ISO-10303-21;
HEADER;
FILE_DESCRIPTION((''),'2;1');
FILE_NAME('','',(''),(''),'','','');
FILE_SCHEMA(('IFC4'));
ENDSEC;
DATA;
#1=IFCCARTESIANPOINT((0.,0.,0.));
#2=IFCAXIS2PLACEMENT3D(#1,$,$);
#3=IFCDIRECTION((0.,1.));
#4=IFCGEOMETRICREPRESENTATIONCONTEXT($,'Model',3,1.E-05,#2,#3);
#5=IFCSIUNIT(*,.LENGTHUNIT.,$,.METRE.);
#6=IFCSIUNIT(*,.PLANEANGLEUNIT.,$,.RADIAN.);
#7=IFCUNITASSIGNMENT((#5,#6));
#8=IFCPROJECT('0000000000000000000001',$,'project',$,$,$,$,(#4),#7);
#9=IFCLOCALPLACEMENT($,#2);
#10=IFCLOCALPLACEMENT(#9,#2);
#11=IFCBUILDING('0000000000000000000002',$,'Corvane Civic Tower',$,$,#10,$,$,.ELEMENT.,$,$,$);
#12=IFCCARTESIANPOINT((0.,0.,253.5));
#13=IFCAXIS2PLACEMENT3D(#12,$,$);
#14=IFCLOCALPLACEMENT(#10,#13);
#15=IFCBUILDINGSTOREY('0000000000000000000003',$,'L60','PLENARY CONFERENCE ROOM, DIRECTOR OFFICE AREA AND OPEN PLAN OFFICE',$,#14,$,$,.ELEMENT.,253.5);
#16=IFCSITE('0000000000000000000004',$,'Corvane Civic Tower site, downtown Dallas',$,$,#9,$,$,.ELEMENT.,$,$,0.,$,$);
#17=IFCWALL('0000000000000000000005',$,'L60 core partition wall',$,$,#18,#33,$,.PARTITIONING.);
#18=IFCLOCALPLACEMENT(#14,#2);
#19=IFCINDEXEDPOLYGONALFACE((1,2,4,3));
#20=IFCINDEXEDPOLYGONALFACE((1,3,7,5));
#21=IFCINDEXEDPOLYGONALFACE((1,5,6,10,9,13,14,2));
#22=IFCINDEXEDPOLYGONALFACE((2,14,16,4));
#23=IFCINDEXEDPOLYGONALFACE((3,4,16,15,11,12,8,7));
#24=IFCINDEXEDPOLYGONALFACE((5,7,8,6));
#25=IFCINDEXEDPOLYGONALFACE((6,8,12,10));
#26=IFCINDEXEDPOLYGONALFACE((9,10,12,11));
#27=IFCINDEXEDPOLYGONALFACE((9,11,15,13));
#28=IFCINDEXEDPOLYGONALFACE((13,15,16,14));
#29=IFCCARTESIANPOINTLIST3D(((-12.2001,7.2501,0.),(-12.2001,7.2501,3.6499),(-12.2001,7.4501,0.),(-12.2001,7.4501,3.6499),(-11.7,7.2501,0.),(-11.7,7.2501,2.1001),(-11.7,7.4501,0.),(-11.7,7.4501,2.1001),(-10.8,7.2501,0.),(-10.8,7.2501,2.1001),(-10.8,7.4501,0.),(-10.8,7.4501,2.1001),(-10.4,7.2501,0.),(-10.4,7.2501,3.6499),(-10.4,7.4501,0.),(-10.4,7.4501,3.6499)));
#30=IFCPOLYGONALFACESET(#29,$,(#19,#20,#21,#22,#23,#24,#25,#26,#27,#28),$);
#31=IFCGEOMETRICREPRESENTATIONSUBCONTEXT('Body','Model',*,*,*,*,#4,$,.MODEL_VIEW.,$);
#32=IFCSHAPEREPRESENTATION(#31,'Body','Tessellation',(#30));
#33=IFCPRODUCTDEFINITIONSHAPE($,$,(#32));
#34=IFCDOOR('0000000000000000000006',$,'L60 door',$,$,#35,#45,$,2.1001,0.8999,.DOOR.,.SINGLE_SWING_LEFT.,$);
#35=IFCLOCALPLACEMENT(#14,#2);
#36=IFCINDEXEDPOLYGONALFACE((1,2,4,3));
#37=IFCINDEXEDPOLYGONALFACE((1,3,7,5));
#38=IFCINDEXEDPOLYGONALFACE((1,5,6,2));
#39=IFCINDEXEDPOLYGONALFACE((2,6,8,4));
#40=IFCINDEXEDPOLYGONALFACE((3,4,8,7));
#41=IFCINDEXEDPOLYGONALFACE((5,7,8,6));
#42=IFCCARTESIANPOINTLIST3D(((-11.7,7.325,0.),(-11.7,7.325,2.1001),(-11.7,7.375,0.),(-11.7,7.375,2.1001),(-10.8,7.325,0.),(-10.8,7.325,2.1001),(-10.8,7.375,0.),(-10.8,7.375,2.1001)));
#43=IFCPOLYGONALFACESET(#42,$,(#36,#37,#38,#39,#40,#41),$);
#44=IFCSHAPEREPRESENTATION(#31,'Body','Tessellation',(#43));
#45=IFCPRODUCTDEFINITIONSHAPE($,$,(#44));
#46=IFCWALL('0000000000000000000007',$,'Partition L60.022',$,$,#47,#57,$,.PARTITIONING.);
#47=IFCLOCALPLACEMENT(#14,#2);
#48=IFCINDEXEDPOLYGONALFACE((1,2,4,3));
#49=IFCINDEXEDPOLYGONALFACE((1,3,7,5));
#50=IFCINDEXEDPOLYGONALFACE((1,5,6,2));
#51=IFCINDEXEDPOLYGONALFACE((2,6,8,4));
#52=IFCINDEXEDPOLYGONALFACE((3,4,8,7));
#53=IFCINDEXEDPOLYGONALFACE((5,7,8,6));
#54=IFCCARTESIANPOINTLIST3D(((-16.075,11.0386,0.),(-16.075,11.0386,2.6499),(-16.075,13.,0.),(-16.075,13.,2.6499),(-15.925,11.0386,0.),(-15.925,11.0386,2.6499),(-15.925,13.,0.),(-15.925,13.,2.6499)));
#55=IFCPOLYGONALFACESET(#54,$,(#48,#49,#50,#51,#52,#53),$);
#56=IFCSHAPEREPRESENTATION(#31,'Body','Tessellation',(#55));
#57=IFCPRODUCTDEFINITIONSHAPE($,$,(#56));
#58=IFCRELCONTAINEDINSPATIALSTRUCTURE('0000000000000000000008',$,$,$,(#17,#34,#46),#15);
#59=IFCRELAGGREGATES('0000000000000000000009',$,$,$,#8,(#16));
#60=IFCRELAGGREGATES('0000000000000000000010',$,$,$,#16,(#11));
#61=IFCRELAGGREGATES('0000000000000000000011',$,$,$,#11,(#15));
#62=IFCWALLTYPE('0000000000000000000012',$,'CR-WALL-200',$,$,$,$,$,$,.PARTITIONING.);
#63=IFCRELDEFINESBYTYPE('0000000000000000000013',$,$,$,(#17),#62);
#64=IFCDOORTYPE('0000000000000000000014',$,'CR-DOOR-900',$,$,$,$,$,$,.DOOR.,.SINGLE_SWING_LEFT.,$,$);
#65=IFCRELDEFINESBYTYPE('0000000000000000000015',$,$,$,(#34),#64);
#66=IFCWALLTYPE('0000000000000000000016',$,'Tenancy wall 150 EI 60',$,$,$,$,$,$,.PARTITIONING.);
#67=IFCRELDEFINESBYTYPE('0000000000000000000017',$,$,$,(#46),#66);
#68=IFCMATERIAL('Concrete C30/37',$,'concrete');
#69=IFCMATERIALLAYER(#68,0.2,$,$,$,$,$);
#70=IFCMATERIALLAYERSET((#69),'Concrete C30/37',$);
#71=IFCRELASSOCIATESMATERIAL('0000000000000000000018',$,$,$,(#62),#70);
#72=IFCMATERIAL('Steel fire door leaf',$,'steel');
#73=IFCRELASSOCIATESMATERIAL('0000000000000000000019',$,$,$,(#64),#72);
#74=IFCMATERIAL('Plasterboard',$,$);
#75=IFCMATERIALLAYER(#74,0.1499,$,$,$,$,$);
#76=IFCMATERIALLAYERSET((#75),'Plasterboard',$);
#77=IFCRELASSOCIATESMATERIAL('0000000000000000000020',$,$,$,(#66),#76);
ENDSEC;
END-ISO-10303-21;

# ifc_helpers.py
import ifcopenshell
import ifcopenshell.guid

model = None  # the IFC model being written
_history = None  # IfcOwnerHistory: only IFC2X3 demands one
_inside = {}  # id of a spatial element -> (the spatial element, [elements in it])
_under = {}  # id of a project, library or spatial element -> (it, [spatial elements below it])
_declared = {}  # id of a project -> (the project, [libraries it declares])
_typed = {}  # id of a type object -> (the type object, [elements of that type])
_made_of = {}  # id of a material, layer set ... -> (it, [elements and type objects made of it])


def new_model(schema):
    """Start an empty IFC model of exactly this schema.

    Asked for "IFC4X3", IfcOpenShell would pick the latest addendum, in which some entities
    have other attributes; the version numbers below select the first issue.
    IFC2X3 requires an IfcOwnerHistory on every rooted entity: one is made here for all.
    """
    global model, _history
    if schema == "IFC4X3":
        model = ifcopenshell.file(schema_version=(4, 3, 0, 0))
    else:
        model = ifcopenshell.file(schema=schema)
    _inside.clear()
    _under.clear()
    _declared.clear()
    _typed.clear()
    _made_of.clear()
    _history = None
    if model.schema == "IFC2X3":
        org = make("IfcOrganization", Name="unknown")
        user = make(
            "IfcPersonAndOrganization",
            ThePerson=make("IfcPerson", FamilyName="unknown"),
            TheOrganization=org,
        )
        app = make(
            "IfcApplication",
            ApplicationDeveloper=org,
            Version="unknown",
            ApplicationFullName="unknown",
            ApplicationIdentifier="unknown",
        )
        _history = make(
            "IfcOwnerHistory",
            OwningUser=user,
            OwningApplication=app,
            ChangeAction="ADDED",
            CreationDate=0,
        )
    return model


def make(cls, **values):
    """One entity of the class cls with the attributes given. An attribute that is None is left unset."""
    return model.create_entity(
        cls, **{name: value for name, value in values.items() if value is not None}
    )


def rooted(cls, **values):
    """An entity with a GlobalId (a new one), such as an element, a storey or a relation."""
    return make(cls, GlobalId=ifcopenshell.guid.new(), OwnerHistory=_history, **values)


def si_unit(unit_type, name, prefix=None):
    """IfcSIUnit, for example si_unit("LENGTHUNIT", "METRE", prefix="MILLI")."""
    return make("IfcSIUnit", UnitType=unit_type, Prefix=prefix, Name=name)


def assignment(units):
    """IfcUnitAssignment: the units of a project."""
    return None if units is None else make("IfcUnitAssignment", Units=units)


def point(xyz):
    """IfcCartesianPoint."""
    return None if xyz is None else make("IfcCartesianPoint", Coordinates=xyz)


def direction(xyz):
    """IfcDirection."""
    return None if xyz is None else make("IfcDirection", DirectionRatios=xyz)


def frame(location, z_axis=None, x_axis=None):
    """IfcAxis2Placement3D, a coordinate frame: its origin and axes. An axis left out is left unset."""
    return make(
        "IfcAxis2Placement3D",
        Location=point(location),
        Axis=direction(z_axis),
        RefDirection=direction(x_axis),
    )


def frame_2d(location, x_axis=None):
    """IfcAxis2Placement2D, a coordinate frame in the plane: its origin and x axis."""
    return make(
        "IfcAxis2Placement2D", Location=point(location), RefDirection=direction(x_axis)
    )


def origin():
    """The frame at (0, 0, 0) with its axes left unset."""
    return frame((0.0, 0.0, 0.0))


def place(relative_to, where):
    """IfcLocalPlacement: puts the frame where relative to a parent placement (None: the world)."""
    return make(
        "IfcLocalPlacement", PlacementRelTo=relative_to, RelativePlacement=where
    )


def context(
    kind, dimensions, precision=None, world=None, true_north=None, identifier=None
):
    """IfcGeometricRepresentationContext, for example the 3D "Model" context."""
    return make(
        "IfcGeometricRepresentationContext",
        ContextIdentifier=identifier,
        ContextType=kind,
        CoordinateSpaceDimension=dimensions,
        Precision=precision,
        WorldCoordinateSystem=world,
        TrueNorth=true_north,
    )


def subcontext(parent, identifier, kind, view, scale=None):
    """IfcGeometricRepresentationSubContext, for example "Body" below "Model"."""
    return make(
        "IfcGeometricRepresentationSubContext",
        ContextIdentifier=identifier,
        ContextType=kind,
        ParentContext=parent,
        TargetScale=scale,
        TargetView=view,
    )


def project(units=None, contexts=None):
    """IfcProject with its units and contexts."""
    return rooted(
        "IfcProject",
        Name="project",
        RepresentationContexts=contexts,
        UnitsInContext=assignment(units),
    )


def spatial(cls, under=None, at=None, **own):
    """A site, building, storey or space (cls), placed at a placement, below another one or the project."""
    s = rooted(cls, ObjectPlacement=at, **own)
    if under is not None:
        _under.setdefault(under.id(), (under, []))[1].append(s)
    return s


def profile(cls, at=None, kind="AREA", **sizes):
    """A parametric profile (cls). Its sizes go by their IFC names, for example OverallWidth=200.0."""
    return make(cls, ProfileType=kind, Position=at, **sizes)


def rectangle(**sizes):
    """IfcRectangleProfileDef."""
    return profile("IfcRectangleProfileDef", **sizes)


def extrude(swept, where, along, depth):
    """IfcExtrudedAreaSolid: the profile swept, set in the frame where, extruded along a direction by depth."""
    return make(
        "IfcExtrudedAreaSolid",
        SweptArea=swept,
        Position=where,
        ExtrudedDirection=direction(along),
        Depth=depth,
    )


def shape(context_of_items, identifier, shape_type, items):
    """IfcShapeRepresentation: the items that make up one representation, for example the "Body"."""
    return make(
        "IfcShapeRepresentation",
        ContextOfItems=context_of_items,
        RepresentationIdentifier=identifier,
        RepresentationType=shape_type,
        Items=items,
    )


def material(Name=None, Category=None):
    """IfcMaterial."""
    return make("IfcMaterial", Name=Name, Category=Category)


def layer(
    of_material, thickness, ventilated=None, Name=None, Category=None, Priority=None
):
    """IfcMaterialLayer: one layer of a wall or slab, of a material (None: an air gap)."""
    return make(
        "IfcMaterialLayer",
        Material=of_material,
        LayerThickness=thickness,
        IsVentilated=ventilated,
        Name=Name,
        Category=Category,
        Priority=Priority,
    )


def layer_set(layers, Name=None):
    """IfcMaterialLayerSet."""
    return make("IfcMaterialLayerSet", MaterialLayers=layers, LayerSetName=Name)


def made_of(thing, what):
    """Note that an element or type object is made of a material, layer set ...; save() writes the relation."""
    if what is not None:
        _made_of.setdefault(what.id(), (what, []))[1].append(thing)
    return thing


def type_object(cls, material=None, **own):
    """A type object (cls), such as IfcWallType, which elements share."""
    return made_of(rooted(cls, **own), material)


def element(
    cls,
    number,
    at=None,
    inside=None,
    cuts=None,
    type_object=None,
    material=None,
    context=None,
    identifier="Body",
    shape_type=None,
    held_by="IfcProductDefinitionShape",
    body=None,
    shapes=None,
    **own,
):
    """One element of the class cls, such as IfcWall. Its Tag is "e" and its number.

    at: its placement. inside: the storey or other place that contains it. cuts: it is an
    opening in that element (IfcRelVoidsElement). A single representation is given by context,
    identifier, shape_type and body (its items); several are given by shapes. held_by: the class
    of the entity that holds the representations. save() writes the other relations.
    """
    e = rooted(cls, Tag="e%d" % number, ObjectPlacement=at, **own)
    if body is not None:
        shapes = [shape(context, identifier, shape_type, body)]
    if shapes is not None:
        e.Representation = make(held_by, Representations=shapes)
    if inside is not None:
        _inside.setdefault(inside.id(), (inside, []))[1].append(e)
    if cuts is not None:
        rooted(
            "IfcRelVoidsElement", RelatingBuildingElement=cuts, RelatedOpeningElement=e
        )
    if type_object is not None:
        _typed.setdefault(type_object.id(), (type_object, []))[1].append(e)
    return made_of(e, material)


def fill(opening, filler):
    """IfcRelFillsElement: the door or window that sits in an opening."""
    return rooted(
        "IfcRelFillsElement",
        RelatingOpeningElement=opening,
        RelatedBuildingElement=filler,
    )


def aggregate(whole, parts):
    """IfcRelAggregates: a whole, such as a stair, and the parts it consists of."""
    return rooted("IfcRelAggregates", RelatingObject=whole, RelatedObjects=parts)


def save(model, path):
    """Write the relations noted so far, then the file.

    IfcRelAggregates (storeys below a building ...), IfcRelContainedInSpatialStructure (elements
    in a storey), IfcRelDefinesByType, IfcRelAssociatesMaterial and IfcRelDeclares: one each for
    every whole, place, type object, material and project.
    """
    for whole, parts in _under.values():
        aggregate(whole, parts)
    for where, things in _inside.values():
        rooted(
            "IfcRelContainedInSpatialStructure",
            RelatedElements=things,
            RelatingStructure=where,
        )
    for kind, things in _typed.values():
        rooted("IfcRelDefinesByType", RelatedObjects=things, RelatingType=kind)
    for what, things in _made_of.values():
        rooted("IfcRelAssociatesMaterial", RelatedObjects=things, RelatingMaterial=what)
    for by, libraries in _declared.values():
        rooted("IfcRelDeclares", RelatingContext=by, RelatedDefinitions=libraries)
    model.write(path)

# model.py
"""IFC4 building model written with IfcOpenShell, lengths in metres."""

from ifc_helpers import new_model, si_unit, direction, frame, frame_2d, origin, place, context, subcontext, project, spatial, rectangle, extrude, material, layer, layer_set, type_object, element, fill, save


model = new_model("IFC4")

# Units and contexts
model_context = context("Model", 3, precision=1e-05, world=origin(), true_north=direction((0.0, 1.0)))
body_context = subcontext(model_context, "Body", "Model", "MODEL_VIEW")
ifc_project = project(units=[si_unit("LENGTHUNIT", "METRE"), si_unit("PLANEANGLEUNIT", "RADIAN")], contexts=[model_context])

# Site, building, storey
site_placement = place(None, origin())
site = spatial("IfcSite", under=ifc_project, at=site_placement, Name="Corvane Civic Tower site, downtown Dallas", CompositionType="ELEMENT", RefElevation=0.0)
building_placement = place(site_placement, origin())
building = spatial("IfcBuilding", under=site, at=building_placement, Name="Corvane Civic Tower", CompositionType="ELEMENT")
storey_placement = place(building_placement, frame((0.0, 0.0, 253.5)))
storey = spatial("IfcBuildingStorey", under=building, at=storey_placement, Name="L60", Description="PLENARY CONFERENCE ROOM, DIRECTOR OFFICE AREA AND OPEN PLAN OFFICE", CompositionType="ELEMENT", Elevation=253.5)

# Shared definitions
ifc_material_1 = material(Name="Concrete C30/37", Category="concrete")
ifc_layer_1 = layer(ifc_material_1, 0.2)
ifc_layer_set_1 = layer_set([ifc_layer_1], Name="Concrete C30/37")
wall_type_1 = type_object("IfcWallType", Name="CR-WALL-200", PredefinedType="PARTITIONING", material=ifc_layer_set_1)
ifc_material_2 = material(Name="Steel fire door leaf", Category="steel")
door_type_1 = type_object("IfcDoorType", Name="CR-DOOR-900", OperationType="SINGLE_SWING_LEFT", PredefinedType="DOOR", material=ifc_material_2)

# Wall, opening, door
wall_1_placement = place(storey_placement, frame((-12.2, 7.3501, 0.0), z_axis=(0.0, 0.0, 1.0), x_axis=(1.0, 0.0, 0.0)))
wall_1 = element("IfcWall", 1, at=wall_1_placement, inside=storey, type_object=wall_type_1, Name="L60 core partition wall", PredefinedType="PARTITIONING", context=body_context, shape_type="SweptSolid", body=[
    extrude(rectangle(XDim=1.8, YDim=0.2, at=frame_2d((0.8999, 0.0))), origin(), (0.0, 0.0, 1.0), 3.6499),
])
opening_1_placement = place(wall_1_placement, frame((0.5, 0.0, 0.0)))
opening_1 = element("IfcOpeningElement", 2, at=opening_1_placement, cuts=wall_1, PredefinedType="OPENING", context=body_context, shape_type="SweptSolid", body=[
    extrude(rectangle(XDim=0.8999, YDim=2.1001, at=frame_2d((0.45, 1.05))), frame((0.0, 0.1099, 0.0), z_axis=(0.0, -1.0, 0.0), x_axis=(1.0, 0.0, 0.0)), (0.0, 0.0, 1.0), 0.22),
])
door_1_placement = place(opening_1_placement, origin())
door_1 = element("IfcDoor", 3, at=door_1_placement, inside=storey, type_object=door_type_1, Name="L60 door", OperationType="SINGLE_SWING_LEFT", OverallHeight=2.1001, OverallWidth=0.8999, PredefinedType="DOOR", context=body_context, shape_type="SweptSolid", body=[
    extrude(rectangle(XDim=0.8999, YDim=2.1001, at=frame_2d((0.45, 1.05))), frame((0.0, 0.0249, 0.0), z_axis=(0.0, -1.0, 0.0), x_axis=(1.0, 0.0, 0.0)), (0.0, 0.0, 1.0), 0.05),
])
fill(opening_1, door_1)

# Wall
ifc_material_3 = material(Name="Plasterboard")
ifc_layer_2 = layer(ifc_material_3, 0.1499)
ifc_layer_set_2 = layer_set([ifc_layer_2], Name="Plasterboard")
wall_type_2 = type_object("IfcWallType", Name="Tenancy wall 150 EI 60", PredefinedType="PARTITIONING", material=ifc_layer_set_2)
wall_2_placement = place(storey_placement, frame((-16.0, 11.0386, 0.0), z_axis=(0.0, 0.0, 1.0), x_axis=(0.0, 1.0, 0.0)))
element("IfcWall", 4, at=wall_2_placement, inside=storey, type_object=wall_type_2, Name="Partition L60.022", PredefinedType="PARTITIONING", context=body_context, shape_type="SweptSolid", body=[
    extrude(rectangle(XDim=1.9614, YDim=0.1499, at=frame_2d((0.9807, 0.0))), origin(), (0.0, 0.0, 1.0), 2.6499),
])

save(model, "model.ifc")
